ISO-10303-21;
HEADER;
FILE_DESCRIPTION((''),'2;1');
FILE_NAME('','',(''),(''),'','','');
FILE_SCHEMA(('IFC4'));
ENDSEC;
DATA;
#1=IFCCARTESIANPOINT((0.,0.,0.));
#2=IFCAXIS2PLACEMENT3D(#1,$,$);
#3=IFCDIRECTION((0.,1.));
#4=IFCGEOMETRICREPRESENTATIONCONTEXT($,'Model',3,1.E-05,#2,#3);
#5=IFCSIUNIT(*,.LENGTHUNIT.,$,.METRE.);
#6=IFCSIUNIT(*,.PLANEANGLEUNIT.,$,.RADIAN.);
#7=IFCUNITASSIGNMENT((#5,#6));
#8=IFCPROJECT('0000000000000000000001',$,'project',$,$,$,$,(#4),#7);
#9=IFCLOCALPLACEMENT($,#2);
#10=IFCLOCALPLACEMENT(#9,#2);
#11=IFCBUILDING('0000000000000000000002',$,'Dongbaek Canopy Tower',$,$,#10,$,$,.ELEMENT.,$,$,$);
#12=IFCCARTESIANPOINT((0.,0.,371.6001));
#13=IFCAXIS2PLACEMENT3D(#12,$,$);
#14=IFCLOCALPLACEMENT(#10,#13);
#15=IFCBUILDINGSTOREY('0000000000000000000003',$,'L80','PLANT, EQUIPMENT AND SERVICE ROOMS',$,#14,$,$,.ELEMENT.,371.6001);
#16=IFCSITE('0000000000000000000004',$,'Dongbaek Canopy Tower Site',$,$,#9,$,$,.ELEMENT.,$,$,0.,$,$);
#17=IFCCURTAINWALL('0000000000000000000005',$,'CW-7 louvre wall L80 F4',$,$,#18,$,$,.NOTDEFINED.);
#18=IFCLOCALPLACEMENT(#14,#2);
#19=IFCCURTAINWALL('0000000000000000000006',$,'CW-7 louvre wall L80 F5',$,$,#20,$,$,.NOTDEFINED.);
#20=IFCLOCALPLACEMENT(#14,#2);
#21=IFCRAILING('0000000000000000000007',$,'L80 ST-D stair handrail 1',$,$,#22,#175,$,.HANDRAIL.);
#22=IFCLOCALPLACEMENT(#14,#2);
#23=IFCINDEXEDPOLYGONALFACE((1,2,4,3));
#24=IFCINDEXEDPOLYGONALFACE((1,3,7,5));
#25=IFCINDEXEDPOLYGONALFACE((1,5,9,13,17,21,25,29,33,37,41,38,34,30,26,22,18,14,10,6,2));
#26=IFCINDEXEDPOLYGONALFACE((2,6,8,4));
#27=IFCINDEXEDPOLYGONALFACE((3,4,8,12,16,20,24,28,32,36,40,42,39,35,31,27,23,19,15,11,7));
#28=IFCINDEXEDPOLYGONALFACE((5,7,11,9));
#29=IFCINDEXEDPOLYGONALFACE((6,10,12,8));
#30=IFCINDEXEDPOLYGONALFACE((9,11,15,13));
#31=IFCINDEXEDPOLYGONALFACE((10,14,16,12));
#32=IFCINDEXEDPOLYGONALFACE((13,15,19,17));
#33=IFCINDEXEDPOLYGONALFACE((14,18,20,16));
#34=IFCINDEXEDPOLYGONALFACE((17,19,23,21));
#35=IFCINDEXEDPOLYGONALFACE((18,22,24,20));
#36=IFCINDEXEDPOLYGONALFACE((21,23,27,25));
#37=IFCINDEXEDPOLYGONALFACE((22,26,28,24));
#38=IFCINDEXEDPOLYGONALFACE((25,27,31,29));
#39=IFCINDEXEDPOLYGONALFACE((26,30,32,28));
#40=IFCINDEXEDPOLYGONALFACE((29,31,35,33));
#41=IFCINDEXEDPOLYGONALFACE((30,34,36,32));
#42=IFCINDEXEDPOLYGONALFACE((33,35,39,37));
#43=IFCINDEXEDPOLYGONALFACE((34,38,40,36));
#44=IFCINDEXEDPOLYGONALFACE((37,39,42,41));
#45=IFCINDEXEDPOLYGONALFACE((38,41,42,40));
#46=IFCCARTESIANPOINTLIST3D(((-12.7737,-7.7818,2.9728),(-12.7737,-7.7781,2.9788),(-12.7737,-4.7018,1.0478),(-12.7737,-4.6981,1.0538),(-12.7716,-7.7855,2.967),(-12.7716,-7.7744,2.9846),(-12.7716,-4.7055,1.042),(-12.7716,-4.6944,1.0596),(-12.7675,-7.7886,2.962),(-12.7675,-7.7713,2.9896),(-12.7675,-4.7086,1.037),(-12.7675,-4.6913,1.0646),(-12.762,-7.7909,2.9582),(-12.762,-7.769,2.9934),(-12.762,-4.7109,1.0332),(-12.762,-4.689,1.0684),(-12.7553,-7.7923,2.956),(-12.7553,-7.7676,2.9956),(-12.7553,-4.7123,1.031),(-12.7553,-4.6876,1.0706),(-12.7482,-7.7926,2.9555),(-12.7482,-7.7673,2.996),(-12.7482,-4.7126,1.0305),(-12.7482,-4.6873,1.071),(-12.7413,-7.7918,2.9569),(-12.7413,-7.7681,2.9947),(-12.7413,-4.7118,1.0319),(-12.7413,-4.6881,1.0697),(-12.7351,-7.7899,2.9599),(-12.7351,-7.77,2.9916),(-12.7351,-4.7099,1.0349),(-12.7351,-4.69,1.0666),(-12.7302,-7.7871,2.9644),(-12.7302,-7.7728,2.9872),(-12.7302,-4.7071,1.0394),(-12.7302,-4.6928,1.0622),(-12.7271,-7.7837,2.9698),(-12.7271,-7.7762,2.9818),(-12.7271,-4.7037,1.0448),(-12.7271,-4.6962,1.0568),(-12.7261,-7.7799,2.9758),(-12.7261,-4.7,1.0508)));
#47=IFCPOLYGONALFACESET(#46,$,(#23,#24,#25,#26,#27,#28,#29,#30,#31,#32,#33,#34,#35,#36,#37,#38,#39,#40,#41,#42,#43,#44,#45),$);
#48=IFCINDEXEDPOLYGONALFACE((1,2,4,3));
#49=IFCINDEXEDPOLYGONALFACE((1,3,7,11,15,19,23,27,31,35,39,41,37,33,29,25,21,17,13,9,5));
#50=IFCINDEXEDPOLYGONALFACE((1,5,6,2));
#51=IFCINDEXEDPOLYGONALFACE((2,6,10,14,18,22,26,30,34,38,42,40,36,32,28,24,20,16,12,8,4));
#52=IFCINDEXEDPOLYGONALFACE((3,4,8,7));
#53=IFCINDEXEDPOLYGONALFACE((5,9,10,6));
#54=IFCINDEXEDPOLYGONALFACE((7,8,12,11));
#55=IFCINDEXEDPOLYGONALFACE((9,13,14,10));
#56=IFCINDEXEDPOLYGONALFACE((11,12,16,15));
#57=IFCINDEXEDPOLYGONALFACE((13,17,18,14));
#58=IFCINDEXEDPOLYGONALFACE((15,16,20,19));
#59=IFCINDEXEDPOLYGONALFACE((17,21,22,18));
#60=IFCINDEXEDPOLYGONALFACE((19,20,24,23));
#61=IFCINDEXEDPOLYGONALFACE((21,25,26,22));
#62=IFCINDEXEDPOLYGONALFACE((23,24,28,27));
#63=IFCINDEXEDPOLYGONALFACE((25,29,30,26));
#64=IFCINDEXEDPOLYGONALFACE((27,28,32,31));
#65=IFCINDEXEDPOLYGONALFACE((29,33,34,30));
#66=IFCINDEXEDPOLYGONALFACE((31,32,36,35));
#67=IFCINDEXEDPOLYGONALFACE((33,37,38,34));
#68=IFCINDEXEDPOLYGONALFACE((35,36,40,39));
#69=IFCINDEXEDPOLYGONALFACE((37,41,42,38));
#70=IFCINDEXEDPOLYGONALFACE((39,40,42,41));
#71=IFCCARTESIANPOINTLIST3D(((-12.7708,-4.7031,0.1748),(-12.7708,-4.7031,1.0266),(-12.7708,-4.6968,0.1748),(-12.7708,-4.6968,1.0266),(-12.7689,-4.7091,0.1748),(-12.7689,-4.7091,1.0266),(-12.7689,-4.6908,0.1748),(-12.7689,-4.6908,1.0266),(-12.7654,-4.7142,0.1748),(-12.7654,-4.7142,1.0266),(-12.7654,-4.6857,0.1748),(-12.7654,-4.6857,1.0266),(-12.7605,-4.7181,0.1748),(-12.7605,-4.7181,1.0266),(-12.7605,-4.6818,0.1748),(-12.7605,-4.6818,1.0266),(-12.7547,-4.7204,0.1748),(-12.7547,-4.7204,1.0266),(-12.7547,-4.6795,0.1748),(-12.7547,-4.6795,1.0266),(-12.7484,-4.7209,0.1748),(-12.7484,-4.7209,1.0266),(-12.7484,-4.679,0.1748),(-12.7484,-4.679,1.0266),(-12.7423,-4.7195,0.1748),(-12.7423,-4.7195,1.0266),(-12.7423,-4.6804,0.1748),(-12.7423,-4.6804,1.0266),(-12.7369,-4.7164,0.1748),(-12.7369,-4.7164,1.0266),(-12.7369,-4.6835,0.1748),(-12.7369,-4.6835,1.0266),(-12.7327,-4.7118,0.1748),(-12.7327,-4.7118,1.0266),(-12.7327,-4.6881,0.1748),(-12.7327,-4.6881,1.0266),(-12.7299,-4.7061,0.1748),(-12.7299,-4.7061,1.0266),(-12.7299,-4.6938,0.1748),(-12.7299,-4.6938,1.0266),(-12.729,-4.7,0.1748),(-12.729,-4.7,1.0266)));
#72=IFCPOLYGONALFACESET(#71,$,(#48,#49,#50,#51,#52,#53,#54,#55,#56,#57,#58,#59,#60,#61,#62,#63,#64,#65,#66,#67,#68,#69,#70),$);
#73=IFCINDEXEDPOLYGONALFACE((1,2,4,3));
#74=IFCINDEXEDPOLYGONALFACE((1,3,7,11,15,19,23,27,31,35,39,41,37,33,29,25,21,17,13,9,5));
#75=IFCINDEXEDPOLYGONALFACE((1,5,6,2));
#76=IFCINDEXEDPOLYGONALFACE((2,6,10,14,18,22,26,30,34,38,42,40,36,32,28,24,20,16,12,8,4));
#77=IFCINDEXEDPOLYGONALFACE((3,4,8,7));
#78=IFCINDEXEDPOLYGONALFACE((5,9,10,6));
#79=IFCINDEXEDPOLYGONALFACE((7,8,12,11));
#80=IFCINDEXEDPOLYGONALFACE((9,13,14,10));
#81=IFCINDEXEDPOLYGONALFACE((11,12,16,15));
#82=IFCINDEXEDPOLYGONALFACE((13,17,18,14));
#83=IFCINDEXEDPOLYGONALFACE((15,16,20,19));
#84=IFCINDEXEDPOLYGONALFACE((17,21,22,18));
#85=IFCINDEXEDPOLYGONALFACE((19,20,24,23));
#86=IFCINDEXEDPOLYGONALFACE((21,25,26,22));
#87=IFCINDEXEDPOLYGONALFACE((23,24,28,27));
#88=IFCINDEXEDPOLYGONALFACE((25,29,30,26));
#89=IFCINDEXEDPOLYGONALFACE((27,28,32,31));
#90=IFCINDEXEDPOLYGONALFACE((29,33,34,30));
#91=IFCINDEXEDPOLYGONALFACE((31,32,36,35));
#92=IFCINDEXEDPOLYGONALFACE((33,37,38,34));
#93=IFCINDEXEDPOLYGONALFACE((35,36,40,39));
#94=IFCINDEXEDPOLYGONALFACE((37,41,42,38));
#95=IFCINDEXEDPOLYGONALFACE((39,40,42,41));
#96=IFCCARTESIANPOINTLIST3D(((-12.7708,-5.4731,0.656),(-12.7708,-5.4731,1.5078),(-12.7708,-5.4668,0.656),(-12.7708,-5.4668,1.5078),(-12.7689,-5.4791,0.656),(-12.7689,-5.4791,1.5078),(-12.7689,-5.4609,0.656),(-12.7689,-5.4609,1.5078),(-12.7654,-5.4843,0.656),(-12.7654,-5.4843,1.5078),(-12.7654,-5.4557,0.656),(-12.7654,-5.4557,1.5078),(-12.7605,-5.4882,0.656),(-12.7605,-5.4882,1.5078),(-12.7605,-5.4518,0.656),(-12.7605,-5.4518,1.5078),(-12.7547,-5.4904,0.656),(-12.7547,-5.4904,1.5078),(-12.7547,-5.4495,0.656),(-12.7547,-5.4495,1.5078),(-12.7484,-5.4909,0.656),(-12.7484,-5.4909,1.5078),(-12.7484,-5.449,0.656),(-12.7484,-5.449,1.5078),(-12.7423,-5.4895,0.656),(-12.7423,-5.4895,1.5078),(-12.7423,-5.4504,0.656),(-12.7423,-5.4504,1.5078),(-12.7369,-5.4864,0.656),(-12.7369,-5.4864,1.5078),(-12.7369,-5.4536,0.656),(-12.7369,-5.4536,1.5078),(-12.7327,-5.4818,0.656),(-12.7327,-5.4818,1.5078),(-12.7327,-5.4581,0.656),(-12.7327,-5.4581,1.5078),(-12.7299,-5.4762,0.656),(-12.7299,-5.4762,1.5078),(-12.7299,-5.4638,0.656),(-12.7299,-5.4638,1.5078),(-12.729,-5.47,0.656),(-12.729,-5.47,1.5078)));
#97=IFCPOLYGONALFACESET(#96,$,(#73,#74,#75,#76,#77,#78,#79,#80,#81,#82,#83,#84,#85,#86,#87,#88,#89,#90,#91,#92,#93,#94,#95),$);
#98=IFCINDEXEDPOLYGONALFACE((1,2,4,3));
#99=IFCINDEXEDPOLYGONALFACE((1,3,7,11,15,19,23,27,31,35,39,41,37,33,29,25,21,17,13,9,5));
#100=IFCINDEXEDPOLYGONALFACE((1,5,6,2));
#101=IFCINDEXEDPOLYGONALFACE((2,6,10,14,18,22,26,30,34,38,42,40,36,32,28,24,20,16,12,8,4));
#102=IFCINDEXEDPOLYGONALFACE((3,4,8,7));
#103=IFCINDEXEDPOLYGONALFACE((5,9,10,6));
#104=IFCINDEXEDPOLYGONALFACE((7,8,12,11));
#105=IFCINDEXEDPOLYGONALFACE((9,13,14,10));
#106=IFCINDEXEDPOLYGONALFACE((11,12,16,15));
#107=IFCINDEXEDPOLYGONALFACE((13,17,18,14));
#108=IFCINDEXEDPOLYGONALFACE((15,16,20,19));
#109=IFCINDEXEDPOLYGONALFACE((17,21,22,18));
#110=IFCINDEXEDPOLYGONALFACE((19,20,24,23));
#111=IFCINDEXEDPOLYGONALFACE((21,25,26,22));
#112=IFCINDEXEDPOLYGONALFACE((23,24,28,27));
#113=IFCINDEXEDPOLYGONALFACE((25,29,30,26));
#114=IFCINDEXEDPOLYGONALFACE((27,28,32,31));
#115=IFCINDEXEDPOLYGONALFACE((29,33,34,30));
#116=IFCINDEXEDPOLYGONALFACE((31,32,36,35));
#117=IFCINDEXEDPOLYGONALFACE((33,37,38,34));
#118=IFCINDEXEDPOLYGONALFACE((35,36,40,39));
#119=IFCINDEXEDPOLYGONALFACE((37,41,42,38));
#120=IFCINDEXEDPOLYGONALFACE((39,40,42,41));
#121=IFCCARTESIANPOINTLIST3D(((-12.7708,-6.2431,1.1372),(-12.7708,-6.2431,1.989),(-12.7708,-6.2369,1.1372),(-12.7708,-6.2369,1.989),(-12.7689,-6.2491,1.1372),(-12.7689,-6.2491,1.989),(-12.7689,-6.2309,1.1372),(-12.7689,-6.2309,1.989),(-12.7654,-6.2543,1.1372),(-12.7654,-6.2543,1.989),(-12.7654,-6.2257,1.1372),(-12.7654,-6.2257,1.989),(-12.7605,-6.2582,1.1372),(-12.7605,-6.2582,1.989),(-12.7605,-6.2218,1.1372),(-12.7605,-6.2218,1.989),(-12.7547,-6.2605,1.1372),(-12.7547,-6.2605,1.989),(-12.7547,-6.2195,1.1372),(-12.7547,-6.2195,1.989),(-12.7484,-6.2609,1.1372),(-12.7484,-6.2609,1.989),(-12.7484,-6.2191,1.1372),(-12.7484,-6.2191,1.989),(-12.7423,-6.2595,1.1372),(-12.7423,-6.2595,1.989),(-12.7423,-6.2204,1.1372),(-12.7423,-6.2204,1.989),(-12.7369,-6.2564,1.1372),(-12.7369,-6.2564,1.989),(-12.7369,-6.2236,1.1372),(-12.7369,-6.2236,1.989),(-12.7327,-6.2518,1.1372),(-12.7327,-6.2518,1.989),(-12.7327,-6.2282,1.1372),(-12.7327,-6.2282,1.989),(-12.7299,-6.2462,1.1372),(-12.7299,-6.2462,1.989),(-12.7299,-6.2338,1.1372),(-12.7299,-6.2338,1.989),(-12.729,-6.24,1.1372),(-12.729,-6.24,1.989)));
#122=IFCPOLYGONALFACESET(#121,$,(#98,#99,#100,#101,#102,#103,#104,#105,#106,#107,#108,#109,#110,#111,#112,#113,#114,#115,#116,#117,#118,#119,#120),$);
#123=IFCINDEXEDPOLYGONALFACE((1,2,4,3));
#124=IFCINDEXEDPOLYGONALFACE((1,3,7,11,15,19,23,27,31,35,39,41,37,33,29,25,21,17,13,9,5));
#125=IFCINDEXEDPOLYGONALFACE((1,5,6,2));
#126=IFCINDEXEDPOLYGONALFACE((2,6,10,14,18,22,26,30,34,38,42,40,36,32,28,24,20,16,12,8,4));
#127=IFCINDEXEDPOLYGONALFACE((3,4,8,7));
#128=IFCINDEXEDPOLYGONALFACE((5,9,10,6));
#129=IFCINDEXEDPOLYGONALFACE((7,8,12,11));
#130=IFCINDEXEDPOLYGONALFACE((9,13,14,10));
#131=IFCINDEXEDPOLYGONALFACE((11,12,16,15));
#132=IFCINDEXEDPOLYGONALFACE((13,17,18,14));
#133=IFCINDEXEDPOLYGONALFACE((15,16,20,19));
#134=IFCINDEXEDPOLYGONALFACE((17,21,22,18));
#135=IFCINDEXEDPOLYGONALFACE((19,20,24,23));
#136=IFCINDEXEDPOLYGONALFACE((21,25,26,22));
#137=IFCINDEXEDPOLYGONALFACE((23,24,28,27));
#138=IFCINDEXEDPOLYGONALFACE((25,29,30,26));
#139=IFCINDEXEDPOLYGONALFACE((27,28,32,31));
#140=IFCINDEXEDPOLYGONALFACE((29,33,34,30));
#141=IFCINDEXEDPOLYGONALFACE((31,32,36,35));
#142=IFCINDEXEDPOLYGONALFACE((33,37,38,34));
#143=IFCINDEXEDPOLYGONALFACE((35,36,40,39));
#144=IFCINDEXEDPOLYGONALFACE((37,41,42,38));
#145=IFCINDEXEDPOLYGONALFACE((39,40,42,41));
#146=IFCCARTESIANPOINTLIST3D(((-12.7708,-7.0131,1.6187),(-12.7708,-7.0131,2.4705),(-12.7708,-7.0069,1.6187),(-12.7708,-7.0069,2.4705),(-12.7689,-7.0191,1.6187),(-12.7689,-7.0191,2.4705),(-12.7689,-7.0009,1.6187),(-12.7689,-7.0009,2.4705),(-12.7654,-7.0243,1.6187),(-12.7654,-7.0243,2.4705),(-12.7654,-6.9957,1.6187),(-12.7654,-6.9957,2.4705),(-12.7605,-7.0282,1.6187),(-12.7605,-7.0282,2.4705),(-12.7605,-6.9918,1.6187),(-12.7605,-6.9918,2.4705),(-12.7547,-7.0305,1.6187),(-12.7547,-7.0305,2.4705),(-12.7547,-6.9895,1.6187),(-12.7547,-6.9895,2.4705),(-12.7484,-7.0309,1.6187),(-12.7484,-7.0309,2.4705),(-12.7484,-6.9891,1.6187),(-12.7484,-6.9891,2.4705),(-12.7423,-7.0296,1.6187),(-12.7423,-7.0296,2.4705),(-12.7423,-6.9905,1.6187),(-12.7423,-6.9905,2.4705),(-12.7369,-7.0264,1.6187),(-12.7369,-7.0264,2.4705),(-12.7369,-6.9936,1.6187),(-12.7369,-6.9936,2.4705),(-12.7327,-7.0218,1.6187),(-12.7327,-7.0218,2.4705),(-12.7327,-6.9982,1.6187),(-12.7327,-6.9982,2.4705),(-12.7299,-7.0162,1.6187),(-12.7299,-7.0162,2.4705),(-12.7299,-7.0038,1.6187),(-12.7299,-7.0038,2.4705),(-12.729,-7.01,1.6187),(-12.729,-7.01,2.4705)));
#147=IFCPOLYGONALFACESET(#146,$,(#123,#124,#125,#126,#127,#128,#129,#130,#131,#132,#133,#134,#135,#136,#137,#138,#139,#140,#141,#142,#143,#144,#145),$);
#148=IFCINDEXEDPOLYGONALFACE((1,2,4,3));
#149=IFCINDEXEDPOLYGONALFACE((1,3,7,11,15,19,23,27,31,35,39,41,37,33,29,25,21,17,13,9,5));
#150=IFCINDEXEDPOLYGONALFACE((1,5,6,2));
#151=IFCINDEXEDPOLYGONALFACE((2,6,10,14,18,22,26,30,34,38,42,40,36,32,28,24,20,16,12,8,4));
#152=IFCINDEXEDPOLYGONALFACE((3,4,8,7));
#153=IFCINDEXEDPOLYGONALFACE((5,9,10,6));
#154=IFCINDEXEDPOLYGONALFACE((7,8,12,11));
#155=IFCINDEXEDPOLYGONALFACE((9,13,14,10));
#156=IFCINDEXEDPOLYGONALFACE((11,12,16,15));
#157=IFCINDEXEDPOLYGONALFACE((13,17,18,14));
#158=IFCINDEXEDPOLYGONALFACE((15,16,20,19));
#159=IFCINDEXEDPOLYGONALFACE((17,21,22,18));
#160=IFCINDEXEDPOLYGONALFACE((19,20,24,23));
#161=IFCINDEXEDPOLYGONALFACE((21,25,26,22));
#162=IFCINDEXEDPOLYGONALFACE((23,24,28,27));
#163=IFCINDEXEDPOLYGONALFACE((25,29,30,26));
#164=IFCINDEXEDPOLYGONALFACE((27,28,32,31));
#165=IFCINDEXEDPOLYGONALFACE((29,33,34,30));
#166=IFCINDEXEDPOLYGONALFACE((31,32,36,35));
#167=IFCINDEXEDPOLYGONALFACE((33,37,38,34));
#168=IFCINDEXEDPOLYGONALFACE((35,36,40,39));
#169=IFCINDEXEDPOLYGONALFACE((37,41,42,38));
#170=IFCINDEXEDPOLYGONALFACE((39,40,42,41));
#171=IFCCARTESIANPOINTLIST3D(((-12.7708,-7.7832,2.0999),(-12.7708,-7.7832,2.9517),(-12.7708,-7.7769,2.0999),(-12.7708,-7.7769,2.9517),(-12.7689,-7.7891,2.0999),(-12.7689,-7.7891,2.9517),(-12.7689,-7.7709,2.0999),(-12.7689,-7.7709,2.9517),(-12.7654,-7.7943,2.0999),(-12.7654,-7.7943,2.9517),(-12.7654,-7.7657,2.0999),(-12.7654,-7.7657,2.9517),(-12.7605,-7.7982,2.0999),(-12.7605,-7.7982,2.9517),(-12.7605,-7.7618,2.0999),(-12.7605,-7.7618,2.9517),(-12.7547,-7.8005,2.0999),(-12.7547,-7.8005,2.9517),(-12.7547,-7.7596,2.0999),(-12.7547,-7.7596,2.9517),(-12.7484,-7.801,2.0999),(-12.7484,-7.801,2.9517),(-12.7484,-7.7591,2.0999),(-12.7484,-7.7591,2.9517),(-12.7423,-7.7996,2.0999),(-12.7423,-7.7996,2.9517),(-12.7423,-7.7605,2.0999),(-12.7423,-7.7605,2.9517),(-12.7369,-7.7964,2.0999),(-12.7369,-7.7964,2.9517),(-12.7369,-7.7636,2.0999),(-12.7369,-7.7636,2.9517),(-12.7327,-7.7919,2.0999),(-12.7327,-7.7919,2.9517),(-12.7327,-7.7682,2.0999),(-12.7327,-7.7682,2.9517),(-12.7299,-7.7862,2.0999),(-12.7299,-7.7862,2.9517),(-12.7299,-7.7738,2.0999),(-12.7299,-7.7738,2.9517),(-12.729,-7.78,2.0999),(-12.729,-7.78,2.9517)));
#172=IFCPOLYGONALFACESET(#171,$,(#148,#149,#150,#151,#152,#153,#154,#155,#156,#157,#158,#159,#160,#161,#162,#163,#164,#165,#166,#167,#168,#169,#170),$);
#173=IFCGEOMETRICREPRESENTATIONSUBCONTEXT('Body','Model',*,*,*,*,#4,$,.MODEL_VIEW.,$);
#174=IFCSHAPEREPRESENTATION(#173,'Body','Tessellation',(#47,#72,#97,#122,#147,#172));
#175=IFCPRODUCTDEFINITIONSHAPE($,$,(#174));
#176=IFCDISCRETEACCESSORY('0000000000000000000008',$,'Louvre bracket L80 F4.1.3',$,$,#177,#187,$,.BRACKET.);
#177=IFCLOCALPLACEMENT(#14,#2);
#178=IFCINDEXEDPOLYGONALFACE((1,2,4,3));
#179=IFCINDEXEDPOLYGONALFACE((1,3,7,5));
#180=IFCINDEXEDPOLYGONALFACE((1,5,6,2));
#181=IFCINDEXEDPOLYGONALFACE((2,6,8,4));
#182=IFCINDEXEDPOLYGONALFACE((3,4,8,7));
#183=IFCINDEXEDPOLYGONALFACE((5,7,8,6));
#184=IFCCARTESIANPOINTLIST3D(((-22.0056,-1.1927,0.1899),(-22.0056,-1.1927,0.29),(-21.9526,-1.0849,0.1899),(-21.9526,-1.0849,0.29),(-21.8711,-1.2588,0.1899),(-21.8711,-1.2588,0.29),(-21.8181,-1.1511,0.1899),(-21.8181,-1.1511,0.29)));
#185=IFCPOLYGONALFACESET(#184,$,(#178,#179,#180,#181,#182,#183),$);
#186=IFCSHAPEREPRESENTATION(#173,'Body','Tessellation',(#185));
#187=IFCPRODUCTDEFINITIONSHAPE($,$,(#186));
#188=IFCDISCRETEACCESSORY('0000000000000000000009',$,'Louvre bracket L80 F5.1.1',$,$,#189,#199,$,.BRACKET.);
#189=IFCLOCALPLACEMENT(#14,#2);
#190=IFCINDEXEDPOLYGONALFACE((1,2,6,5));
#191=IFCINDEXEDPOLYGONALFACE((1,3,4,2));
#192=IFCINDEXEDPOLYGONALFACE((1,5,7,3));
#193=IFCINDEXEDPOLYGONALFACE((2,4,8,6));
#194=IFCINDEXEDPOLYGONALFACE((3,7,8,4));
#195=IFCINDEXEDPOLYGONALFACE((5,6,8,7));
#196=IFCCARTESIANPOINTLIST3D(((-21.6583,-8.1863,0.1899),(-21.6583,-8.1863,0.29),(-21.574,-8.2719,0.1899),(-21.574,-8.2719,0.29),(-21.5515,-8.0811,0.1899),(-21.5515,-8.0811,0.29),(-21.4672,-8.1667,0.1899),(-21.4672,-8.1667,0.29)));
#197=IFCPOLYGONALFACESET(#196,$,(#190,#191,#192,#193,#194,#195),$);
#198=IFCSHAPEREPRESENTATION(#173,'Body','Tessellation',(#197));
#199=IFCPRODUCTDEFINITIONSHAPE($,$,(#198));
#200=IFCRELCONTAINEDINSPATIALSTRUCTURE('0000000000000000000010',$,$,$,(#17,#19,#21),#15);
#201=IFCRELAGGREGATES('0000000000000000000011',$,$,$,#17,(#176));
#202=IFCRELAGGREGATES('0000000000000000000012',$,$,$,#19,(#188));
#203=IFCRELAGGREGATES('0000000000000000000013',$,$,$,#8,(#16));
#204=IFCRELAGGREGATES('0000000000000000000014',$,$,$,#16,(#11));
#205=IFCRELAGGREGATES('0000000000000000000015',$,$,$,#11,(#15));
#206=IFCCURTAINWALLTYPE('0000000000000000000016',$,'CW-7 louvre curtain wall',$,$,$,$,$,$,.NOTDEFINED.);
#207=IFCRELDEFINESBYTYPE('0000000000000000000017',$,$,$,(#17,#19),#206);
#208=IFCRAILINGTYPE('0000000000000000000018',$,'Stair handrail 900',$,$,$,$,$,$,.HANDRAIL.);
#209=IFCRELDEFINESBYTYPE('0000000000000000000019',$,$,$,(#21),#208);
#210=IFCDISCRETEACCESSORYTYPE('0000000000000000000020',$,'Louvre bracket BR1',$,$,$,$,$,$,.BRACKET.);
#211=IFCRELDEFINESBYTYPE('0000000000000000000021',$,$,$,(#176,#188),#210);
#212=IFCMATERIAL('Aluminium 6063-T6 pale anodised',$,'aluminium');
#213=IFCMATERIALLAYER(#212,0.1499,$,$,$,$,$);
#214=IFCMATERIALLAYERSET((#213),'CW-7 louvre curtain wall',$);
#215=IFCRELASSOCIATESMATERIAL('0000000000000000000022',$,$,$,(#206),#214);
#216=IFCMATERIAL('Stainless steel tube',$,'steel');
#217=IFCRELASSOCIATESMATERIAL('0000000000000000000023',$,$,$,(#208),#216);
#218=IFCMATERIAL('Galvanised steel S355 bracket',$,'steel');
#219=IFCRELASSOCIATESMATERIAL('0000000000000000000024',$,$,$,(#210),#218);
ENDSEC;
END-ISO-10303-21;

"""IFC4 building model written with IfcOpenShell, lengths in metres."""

from ifc_helpers import new_model, si_unit, direction, frame, origin, origin_2d, place, context, subcontext, project, spatial, rectangle, circle, extrude, material, layer, layer_set, type_object, element, aggregate, save


model = new_model("IFC4")

# Units and contexts
model_context = context("Model", 3, precision=1e-05, world=origin(), true_north=direction((0.0, 1.0)))
body_context = subcontext(model_context, "Body", "Model", "MODEL_VIEW")
ifc_project = project(units=[si_unit("LENGTHUNIT", "METRE"), si_unit("PLANEANGLEUNIT", "RADIAN")], contexts=[model_context])

# Site, building, storey
site_placement = place(None, origin())
site = spatial("IfcSite", under=ifc_project, at=site_placement, Name="Dongbaek Canopy Tower Site", CompositionType="ELEMENT", RefElevation=0.0)
building_placement = place(site_placement, origin())
building = spatial("IfcBuilding", under=site, at=building_placement, Name="Dongbaek Canopy Tower", CompositionType="ELEMENT")
storey_placement = place(building_placement, frame((0.0, 0.0, 371.6001)))
storey = spatial("IfcBuildingStorey", under=building, at=storey_placement, Name="L80", Description="PLANT, EQUIPMENT AND SERVICE ROOMS", CompositionType="ELEMENT", Elevation=371.6001)

# Curtain wall
ifc_material_1 = material(Name="Aluminium 6063-T6 pale anodised", Category="aluminium")
ifc_layer_1 = layer(ifc_material_1, 0.1499)
ifc_layer_set_1 = layer_set([ifc_layer_1], Name="CW-7 louvre curtain wall")
curtain_wall_type = type_object("IfcCurtainWallType", Name="CW-7 louvre curtain wall", PredefinedType="NOTDEFINED", material=ifc_layer_set_1)
curtain_wall_1_placement = place(storey_placement, origin())
curtain_wall_1 = element("IfcCurtainWall", 1, at=curtain_wall_1_placement, inside=storey, type_object=curtain_wall_type, Name="CW-7 louvre wall L80 F4", PredefinedType="NOTDEFINED")

# Curtain wall
curtain_wall_2_placement = place(storey_placement, origin())
curtain_wall_2 = element("IfcCurtainWall", 2, at=curtain_wall_2_placement, inside=storey, type_object=curtain_wall_type, Name="CW-7 louvre wall L80 F5", PredefinedType="NOTDEFINED")

# Railing
ifc_material_2 = material(Name="Stainless steel tube", Category="steel")
railing_type_1 = type_object("IfcRailingType", Name="Stair handrail 900", PredefinedType="HANDRAIL", material=ifc_material_2)
railing_1_placement = place(storey_placement, frame((-12.75, -4.7, 0.1748)))
element("IfcRailing", 3, at=railing_1_placement, inside=storey, type_object=railing_type_1, Name="L80 ST-D stair handrail 1", PredefinedType="HANDRAIL", context=body_context, shape_type="SweptSolid", body=[
    extrude(circle(Radius=0.0239, at=origin_2d()), frame((0.0, 0.0, 0.876), z_axis=(0.0, -0.847998, 0.529999), x_axis=(1.0, 0.0, 0.0)), (0.0, 0.0, 1.0), 3.6321),
    extrude(circle(Radius=0.021, at=origin_2d()), origin(), (0.0, 0.0, 1.0), 0.8518),
    extrude(circle(Radius=0.021, at=origin_2d()), frame((0.0, -0.77, 0.4812)), (0.0, 0.0, 1.0), 0.8518),
    extrude(circle(Radius=0.021, at=origin_2d()), frame((0.0, -1.54, 0.9624)), (0.0, 0.0, 1.0), 0.8518),
    extrude(circle(Radius=0.021, at=origin_2d()), frame((0.0, -2.3101, 1.4438)), (0.0, 0.0, 1.0), 0.8518),
    extrude(circle(Radius=0.021, at=origin_2d()), frame((0.0, -3.0801, 1.925)), (0.0, 0.0, 1.0), 0.8518),
])

# Discrete accessories
ifc_material_3 = material(Name="Galvanised steel S355 bracket", Category="steel")
discrete_accessory_type = type_object("IfcDiscreteAccessoryType", Name="Louvre bracket BR1", PredefinedType="BRACKET", material=ifc_material_3)
discrete_accessory_1_placement = place(storey_placement, frame((-21.9119, -1.1719, 0.1899), z_axis=(0.0, 0.0, 1.0), x_axis=(-0.441342, -0.897339, 0.0)))
discrete_accessory_1 = element("IfcDiscreteAccessory", 4, at=discrete_accessory_1_placement, type_object=discrete_accessory_type, Name="Louvre bracket L80 F4.1.3", PredefinedType="BRACKET", context=body_context, shape_type="SweptSolid", body=[
    extrude(rectangle(XDim=0.1201, YDim=0.1499, at=origin_2d()), origin(), (0.0, 0.0, 1.0), 0.1001),
])
aggregate(curtain_wall_1, [discrete_accessory_1])
discrete_accessory_2_placement = place(storey_placement, frame((-21.5627, -8.1765, 0.1899), z_axis=(0.0, 0.0, 1.0), x_axis=(0.701718, -0.712455, 0.0)))
discrete_accessory_2 = element("IfcDiscreteAccessory", 5, at=discrete_accessory_2_placement, type_object=discrete_accessory_type, Name="Louvre bracket L80 F5.1.1", PredefinedType="BRACKET", context=body_context, shape_type="SweptSolid", body=[
    extrude(rectangle(XDim=0.1201, YDim=0.1499, at=origin_2d()), origin(), (0.0, 0.0, 1.0), 0.1001),
])
aggregate(curtain_wall_2, [discrete_accessory_2])

save(model, "model.ifc")
